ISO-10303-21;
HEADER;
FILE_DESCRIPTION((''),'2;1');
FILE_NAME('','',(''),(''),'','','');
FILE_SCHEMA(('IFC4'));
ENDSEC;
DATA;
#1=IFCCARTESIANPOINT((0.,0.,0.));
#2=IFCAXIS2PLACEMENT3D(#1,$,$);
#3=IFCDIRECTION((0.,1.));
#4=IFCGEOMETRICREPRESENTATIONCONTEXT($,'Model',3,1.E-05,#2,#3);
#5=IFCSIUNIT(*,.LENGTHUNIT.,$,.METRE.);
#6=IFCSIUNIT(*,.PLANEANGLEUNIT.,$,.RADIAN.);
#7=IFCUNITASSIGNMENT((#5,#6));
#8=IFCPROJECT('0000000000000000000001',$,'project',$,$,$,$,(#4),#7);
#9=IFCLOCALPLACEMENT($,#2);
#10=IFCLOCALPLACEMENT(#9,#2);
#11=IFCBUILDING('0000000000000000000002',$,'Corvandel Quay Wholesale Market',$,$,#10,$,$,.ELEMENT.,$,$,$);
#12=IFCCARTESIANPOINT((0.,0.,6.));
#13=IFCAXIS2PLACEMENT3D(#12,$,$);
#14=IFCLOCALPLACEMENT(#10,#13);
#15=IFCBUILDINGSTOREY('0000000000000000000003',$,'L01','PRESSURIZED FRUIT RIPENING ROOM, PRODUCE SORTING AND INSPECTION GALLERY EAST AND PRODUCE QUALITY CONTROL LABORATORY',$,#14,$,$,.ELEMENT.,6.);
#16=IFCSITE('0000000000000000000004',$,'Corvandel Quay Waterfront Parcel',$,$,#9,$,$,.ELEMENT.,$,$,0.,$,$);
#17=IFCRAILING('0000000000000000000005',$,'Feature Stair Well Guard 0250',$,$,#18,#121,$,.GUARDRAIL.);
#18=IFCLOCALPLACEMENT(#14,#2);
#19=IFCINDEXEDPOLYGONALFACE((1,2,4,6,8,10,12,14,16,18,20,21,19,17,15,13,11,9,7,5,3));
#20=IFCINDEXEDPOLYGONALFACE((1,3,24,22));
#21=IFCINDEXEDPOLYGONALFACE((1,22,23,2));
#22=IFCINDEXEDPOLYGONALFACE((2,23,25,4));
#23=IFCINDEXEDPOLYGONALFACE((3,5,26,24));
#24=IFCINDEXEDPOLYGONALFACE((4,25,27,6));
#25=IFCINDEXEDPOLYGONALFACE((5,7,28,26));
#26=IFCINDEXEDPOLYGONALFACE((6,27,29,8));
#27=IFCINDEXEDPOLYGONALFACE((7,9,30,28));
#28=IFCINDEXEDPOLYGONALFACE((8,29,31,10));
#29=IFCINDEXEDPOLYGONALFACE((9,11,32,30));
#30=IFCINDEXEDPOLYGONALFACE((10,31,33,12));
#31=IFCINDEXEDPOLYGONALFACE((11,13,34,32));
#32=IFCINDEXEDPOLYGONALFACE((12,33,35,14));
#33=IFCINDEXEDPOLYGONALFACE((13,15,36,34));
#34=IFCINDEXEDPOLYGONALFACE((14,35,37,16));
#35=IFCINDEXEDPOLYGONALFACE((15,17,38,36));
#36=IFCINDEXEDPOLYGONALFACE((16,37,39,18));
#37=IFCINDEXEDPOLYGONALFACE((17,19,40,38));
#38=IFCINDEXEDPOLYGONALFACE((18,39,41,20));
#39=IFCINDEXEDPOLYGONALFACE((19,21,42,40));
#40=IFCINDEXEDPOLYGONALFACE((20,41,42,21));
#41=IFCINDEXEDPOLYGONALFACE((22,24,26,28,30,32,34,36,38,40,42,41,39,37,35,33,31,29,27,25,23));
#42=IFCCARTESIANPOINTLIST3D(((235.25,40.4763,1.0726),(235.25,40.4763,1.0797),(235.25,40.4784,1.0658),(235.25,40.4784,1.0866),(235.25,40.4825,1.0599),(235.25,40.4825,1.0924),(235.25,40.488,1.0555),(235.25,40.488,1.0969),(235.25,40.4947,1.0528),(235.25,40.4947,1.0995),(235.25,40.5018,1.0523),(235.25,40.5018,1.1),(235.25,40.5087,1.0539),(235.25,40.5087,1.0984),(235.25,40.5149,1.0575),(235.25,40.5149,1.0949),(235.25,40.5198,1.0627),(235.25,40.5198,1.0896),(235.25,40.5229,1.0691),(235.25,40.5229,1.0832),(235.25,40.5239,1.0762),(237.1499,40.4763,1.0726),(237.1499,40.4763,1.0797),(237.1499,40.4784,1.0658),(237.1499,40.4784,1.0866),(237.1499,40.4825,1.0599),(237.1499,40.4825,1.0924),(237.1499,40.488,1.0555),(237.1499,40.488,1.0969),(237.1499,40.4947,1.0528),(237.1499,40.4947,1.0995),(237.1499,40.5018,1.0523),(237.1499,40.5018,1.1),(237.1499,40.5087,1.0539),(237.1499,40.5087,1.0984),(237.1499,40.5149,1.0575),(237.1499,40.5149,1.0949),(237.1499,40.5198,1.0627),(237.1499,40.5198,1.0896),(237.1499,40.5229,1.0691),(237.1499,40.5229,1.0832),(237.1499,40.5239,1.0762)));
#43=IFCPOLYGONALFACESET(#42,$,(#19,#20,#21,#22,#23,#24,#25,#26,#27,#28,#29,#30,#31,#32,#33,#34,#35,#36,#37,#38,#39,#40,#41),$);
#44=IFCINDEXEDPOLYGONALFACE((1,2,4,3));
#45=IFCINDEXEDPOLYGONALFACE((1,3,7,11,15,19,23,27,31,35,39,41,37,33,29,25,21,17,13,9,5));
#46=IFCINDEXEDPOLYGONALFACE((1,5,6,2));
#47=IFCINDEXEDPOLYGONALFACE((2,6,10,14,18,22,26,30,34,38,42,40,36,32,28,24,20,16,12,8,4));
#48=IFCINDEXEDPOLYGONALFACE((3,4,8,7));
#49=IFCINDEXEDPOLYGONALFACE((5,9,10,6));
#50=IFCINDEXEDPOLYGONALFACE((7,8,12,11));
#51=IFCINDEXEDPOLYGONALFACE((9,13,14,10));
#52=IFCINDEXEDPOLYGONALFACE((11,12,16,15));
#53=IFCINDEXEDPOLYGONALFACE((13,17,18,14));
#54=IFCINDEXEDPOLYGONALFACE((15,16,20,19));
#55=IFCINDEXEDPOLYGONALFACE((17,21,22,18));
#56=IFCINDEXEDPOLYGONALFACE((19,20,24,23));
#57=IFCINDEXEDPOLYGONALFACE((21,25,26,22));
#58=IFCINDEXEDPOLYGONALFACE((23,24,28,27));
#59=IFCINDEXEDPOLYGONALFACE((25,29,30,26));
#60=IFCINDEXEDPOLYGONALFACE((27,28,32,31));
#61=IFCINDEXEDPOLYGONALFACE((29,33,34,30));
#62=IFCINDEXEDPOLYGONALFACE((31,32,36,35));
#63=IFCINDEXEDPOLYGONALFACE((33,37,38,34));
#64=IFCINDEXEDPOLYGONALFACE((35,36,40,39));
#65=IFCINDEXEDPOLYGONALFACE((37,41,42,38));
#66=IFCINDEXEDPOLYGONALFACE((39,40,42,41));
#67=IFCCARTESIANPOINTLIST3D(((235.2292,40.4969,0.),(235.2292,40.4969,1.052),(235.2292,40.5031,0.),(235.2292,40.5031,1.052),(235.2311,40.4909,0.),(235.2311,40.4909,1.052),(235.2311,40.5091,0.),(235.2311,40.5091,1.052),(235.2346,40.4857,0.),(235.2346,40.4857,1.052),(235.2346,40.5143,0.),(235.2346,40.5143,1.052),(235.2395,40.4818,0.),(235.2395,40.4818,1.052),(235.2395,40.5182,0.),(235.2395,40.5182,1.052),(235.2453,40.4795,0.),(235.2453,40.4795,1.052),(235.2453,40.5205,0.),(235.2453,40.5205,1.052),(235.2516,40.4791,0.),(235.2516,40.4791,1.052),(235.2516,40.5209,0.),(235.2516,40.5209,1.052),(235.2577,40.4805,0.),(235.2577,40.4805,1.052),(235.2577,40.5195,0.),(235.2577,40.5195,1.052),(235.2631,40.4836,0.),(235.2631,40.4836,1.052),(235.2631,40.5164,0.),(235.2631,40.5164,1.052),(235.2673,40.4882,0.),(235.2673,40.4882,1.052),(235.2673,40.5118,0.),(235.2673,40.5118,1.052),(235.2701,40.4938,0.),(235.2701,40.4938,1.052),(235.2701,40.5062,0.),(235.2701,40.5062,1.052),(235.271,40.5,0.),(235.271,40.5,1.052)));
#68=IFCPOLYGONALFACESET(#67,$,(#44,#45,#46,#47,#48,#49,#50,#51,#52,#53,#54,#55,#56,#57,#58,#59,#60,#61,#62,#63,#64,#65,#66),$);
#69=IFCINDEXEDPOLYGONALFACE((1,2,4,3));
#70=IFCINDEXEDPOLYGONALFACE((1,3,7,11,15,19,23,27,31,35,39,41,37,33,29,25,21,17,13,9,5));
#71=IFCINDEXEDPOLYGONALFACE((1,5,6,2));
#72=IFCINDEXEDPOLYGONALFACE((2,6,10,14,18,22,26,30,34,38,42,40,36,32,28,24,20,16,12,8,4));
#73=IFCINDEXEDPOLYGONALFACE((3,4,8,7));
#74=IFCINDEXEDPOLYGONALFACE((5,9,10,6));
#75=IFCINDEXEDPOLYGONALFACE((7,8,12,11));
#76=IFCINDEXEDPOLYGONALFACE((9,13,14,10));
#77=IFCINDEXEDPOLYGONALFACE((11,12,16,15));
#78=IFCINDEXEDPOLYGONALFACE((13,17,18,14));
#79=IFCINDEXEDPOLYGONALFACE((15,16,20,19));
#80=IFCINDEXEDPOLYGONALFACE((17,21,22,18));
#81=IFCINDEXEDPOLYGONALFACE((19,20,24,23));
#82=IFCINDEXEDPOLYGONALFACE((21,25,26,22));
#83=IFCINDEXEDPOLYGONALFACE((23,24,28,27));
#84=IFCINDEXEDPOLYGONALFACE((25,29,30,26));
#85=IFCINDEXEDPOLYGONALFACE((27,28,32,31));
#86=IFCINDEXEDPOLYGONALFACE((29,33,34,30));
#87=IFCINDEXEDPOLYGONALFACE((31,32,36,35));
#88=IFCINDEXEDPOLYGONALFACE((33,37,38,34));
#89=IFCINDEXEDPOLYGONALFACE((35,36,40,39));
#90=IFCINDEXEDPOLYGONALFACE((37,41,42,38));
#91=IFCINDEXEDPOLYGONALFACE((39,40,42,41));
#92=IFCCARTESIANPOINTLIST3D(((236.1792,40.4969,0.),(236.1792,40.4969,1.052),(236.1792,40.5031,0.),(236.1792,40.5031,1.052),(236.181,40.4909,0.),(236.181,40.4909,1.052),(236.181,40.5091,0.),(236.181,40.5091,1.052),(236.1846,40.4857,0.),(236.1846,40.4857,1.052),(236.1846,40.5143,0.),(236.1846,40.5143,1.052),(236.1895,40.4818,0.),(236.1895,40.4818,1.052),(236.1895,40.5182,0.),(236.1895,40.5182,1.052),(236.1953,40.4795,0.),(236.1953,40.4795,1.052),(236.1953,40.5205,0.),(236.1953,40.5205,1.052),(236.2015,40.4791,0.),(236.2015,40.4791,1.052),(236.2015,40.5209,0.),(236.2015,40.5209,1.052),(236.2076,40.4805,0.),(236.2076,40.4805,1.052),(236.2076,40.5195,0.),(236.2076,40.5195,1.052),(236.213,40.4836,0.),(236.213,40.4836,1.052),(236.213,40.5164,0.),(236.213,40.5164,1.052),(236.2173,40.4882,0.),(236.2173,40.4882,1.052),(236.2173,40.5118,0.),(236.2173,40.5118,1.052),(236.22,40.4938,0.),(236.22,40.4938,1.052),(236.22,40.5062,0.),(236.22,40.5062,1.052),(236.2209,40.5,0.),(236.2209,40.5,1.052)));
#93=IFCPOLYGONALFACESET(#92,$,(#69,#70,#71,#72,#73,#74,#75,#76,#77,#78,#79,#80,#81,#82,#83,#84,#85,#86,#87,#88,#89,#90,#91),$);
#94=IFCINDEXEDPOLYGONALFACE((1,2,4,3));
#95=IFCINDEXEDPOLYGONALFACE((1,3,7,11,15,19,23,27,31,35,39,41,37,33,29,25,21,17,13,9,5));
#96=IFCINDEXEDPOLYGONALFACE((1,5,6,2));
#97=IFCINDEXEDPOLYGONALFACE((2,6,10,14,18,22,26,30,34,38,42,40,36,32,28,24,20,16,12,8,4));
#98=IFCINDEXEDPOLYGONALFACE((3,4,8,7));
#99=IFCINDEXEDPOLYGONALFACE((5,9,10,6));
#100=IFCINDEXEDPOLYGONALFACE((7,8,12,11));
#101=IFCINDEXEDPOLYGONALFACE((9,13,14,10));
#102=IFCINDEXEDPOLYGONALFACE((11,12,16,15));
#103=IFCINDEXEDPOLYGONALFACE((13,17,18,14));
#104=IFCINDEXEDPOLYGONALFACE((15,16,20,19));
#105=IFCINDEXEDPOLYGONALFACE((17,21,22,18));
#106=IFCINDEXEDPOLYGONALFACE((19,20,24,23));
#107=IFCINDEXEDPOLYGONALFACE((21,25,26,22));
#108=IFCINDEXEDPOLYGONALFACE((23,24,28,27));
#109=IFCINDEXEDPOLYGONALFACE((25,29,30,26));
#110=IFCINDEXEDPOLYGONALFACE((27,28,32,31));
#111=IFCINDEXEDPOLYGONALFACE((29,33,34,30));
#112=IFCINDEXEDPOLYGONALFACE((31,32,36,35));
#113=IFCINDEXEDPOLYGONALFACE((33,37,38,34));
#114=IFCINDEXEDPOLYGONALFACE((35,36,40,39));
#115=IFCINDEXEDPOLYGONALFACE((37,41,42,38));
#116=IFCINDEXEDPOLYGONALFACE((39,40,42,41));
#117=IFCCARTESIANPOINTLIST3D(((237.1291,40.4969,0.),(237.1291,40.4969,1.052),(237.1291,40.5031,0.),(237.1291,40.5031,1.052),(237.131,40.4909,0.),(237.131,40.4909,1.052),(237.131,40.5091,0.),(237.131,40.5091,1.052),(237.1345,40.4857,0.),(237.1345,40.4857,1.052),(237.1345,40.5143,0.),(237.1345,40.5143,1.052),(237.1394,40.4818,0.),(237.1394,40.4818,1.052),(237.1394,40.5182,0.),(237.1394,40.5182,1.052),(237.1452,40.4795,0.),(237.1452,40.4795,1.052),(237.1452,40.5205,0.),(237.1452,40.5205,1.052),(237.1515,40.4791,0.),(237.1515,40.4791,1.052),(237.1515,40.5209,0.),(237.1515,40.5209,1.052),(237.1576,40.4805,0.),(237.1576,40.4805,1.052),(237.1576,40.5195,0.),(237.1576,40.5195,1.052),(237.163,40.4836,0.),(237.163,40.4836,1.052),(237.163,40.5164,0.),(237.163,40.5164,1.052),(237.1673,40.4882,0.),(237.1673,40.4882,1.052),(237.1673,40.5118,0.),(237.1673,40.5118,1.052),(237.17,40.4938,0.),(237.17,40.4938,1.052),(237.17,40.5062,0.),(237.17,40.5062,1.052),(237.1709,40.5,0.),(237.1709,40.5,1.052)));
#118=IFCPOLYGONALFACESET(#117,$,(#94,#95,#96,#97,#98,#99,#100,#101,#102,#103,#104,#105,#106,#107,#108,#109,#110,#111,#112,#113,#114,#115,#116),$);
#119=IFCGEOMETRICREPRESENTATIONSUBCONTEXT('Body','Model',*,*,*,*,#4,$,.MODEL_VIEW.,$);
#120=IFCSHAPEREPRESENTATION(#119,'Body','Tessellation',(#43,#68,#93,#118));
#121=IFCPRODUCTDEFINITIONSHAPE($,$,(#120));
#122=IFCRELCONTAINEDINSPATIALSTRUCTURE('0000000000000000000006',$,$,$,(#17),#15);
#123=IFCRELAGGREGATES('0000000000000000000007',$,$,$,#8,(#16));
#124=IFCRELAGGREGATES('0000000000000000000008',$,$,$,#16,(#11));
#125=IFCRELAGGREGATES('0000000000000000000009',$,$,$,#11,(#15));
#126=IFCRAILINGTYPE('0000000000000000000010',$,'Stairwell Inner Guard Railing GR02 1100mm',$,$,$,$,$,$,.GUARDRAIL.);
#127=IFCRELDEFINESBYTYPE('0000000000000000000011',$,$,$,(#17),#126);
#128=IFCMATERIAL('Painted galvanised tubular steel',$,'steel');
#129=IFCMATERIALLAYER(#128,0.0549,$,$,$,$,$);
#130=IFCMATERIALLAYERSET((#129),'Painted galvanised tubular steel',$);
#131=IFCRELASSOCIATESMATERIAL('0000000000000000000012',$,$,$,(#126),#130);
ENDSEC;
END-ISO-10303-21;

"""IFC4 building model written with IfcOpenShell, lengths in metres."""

from ifc_helpers import new_model, si_unit, direction, frame, origin, origin_2d, place, context, subcontext, project, spatial, circle, extrude, material, layer, layer_set, type_object, element, save


model = new_model("IFC4")

# Units and contexts
model_context = context("Model", 3, precision=1e-05, world=origin(), true_north=direction((0.0, 1.0)))
body_context = subcontext(model_context, "Body", "Model", "MODEL_VIEW")
ifc_project = project(units=[si_unit("LENGTHUNIT", "METRE"), si_unit("PLANEANGLEUNIT", "RADIAN")], contexts=[model_context])

# Site, building, storey
site_placement = place(None, origin())
site = spatial("IfcSite", under=ifc_project, at=site_placement, Name="Corvandel Quay Waterfront Parcel", CompositionType="ELEMENT", RefElevation=0.0)
building_placement = place(site_placement, origin())
building = spatial("IfcBuilding", under=site, at=building_placement, Name="Corvandel Quay Wholesale Market", CompositionType="ELEMENT")
storey_placement = place(building_placement, frame((0.0, 0.0, 6.0)))
storey = spatial("IfcBuildingStorey", under=building, at=storey_placement, Name="L01", Description="PRESSURIZED FRUIT RIPENING ROOM, PRODUCE SORTING AND INSPECTION GALLERY EAST AND PRODUCE QUALITY CONTROL LABORATORY", CompositionType="ELEMENT", Elevation=6.0)

# Railing
ifc_material_1 = material(Name="Painted galvanised tubular steel", Category="steel")
ifc_layer_1 = layer(ifc_material_1, 0.0549)
ifc_layer_set_1 = layer_set([ifc_layer_1], Name="Painted galvanised tubular steel")
railing_type = type_object("IfcRailingType", Name="Stairwell Inner Guard Railing GR02 1100mm", PredefinedType="GUARDRAIL", material=ifc_layer_set_1)
railing_placement = place(storey_placement, frame((235.25, 40.5, 0.0)))
element("IfcRailing", 1, at=railing_placement, inside=storey, type_object=railing_type, Name="Feature Stair Well Guard 0250", PredefinedType="GUARDRAIL", context=body_context, shape_type="SweptSolid", body=[
    extrude(circle(Radius=0.0239, at=origin_2d()), frame((0.0, 0.0, 1.0762), z_axis=(1.0, 0.0, 0.0), x_axis=(0.0, 1.0, 0.0)), (0.0, 0.0, 1.0), 1.8999),
    extrude(circle(Radius=0.021, at=origin_2d()), origin(), (0.0, 0.0, 1.0), 1.052),
    extrude(circle(Radius=0.021, at=origin_2d()), frame((0.95, 0.0, 0.0)), (0.0, 0.0, 1.0), 1.052),
    extrude(circle(Radius=0.021, at=origin_2d()), frame((1.8999, 0.0, 0.0)), (0.0, 0.0, 1.0), 1.052),
])

save(model, "model.ifc")
